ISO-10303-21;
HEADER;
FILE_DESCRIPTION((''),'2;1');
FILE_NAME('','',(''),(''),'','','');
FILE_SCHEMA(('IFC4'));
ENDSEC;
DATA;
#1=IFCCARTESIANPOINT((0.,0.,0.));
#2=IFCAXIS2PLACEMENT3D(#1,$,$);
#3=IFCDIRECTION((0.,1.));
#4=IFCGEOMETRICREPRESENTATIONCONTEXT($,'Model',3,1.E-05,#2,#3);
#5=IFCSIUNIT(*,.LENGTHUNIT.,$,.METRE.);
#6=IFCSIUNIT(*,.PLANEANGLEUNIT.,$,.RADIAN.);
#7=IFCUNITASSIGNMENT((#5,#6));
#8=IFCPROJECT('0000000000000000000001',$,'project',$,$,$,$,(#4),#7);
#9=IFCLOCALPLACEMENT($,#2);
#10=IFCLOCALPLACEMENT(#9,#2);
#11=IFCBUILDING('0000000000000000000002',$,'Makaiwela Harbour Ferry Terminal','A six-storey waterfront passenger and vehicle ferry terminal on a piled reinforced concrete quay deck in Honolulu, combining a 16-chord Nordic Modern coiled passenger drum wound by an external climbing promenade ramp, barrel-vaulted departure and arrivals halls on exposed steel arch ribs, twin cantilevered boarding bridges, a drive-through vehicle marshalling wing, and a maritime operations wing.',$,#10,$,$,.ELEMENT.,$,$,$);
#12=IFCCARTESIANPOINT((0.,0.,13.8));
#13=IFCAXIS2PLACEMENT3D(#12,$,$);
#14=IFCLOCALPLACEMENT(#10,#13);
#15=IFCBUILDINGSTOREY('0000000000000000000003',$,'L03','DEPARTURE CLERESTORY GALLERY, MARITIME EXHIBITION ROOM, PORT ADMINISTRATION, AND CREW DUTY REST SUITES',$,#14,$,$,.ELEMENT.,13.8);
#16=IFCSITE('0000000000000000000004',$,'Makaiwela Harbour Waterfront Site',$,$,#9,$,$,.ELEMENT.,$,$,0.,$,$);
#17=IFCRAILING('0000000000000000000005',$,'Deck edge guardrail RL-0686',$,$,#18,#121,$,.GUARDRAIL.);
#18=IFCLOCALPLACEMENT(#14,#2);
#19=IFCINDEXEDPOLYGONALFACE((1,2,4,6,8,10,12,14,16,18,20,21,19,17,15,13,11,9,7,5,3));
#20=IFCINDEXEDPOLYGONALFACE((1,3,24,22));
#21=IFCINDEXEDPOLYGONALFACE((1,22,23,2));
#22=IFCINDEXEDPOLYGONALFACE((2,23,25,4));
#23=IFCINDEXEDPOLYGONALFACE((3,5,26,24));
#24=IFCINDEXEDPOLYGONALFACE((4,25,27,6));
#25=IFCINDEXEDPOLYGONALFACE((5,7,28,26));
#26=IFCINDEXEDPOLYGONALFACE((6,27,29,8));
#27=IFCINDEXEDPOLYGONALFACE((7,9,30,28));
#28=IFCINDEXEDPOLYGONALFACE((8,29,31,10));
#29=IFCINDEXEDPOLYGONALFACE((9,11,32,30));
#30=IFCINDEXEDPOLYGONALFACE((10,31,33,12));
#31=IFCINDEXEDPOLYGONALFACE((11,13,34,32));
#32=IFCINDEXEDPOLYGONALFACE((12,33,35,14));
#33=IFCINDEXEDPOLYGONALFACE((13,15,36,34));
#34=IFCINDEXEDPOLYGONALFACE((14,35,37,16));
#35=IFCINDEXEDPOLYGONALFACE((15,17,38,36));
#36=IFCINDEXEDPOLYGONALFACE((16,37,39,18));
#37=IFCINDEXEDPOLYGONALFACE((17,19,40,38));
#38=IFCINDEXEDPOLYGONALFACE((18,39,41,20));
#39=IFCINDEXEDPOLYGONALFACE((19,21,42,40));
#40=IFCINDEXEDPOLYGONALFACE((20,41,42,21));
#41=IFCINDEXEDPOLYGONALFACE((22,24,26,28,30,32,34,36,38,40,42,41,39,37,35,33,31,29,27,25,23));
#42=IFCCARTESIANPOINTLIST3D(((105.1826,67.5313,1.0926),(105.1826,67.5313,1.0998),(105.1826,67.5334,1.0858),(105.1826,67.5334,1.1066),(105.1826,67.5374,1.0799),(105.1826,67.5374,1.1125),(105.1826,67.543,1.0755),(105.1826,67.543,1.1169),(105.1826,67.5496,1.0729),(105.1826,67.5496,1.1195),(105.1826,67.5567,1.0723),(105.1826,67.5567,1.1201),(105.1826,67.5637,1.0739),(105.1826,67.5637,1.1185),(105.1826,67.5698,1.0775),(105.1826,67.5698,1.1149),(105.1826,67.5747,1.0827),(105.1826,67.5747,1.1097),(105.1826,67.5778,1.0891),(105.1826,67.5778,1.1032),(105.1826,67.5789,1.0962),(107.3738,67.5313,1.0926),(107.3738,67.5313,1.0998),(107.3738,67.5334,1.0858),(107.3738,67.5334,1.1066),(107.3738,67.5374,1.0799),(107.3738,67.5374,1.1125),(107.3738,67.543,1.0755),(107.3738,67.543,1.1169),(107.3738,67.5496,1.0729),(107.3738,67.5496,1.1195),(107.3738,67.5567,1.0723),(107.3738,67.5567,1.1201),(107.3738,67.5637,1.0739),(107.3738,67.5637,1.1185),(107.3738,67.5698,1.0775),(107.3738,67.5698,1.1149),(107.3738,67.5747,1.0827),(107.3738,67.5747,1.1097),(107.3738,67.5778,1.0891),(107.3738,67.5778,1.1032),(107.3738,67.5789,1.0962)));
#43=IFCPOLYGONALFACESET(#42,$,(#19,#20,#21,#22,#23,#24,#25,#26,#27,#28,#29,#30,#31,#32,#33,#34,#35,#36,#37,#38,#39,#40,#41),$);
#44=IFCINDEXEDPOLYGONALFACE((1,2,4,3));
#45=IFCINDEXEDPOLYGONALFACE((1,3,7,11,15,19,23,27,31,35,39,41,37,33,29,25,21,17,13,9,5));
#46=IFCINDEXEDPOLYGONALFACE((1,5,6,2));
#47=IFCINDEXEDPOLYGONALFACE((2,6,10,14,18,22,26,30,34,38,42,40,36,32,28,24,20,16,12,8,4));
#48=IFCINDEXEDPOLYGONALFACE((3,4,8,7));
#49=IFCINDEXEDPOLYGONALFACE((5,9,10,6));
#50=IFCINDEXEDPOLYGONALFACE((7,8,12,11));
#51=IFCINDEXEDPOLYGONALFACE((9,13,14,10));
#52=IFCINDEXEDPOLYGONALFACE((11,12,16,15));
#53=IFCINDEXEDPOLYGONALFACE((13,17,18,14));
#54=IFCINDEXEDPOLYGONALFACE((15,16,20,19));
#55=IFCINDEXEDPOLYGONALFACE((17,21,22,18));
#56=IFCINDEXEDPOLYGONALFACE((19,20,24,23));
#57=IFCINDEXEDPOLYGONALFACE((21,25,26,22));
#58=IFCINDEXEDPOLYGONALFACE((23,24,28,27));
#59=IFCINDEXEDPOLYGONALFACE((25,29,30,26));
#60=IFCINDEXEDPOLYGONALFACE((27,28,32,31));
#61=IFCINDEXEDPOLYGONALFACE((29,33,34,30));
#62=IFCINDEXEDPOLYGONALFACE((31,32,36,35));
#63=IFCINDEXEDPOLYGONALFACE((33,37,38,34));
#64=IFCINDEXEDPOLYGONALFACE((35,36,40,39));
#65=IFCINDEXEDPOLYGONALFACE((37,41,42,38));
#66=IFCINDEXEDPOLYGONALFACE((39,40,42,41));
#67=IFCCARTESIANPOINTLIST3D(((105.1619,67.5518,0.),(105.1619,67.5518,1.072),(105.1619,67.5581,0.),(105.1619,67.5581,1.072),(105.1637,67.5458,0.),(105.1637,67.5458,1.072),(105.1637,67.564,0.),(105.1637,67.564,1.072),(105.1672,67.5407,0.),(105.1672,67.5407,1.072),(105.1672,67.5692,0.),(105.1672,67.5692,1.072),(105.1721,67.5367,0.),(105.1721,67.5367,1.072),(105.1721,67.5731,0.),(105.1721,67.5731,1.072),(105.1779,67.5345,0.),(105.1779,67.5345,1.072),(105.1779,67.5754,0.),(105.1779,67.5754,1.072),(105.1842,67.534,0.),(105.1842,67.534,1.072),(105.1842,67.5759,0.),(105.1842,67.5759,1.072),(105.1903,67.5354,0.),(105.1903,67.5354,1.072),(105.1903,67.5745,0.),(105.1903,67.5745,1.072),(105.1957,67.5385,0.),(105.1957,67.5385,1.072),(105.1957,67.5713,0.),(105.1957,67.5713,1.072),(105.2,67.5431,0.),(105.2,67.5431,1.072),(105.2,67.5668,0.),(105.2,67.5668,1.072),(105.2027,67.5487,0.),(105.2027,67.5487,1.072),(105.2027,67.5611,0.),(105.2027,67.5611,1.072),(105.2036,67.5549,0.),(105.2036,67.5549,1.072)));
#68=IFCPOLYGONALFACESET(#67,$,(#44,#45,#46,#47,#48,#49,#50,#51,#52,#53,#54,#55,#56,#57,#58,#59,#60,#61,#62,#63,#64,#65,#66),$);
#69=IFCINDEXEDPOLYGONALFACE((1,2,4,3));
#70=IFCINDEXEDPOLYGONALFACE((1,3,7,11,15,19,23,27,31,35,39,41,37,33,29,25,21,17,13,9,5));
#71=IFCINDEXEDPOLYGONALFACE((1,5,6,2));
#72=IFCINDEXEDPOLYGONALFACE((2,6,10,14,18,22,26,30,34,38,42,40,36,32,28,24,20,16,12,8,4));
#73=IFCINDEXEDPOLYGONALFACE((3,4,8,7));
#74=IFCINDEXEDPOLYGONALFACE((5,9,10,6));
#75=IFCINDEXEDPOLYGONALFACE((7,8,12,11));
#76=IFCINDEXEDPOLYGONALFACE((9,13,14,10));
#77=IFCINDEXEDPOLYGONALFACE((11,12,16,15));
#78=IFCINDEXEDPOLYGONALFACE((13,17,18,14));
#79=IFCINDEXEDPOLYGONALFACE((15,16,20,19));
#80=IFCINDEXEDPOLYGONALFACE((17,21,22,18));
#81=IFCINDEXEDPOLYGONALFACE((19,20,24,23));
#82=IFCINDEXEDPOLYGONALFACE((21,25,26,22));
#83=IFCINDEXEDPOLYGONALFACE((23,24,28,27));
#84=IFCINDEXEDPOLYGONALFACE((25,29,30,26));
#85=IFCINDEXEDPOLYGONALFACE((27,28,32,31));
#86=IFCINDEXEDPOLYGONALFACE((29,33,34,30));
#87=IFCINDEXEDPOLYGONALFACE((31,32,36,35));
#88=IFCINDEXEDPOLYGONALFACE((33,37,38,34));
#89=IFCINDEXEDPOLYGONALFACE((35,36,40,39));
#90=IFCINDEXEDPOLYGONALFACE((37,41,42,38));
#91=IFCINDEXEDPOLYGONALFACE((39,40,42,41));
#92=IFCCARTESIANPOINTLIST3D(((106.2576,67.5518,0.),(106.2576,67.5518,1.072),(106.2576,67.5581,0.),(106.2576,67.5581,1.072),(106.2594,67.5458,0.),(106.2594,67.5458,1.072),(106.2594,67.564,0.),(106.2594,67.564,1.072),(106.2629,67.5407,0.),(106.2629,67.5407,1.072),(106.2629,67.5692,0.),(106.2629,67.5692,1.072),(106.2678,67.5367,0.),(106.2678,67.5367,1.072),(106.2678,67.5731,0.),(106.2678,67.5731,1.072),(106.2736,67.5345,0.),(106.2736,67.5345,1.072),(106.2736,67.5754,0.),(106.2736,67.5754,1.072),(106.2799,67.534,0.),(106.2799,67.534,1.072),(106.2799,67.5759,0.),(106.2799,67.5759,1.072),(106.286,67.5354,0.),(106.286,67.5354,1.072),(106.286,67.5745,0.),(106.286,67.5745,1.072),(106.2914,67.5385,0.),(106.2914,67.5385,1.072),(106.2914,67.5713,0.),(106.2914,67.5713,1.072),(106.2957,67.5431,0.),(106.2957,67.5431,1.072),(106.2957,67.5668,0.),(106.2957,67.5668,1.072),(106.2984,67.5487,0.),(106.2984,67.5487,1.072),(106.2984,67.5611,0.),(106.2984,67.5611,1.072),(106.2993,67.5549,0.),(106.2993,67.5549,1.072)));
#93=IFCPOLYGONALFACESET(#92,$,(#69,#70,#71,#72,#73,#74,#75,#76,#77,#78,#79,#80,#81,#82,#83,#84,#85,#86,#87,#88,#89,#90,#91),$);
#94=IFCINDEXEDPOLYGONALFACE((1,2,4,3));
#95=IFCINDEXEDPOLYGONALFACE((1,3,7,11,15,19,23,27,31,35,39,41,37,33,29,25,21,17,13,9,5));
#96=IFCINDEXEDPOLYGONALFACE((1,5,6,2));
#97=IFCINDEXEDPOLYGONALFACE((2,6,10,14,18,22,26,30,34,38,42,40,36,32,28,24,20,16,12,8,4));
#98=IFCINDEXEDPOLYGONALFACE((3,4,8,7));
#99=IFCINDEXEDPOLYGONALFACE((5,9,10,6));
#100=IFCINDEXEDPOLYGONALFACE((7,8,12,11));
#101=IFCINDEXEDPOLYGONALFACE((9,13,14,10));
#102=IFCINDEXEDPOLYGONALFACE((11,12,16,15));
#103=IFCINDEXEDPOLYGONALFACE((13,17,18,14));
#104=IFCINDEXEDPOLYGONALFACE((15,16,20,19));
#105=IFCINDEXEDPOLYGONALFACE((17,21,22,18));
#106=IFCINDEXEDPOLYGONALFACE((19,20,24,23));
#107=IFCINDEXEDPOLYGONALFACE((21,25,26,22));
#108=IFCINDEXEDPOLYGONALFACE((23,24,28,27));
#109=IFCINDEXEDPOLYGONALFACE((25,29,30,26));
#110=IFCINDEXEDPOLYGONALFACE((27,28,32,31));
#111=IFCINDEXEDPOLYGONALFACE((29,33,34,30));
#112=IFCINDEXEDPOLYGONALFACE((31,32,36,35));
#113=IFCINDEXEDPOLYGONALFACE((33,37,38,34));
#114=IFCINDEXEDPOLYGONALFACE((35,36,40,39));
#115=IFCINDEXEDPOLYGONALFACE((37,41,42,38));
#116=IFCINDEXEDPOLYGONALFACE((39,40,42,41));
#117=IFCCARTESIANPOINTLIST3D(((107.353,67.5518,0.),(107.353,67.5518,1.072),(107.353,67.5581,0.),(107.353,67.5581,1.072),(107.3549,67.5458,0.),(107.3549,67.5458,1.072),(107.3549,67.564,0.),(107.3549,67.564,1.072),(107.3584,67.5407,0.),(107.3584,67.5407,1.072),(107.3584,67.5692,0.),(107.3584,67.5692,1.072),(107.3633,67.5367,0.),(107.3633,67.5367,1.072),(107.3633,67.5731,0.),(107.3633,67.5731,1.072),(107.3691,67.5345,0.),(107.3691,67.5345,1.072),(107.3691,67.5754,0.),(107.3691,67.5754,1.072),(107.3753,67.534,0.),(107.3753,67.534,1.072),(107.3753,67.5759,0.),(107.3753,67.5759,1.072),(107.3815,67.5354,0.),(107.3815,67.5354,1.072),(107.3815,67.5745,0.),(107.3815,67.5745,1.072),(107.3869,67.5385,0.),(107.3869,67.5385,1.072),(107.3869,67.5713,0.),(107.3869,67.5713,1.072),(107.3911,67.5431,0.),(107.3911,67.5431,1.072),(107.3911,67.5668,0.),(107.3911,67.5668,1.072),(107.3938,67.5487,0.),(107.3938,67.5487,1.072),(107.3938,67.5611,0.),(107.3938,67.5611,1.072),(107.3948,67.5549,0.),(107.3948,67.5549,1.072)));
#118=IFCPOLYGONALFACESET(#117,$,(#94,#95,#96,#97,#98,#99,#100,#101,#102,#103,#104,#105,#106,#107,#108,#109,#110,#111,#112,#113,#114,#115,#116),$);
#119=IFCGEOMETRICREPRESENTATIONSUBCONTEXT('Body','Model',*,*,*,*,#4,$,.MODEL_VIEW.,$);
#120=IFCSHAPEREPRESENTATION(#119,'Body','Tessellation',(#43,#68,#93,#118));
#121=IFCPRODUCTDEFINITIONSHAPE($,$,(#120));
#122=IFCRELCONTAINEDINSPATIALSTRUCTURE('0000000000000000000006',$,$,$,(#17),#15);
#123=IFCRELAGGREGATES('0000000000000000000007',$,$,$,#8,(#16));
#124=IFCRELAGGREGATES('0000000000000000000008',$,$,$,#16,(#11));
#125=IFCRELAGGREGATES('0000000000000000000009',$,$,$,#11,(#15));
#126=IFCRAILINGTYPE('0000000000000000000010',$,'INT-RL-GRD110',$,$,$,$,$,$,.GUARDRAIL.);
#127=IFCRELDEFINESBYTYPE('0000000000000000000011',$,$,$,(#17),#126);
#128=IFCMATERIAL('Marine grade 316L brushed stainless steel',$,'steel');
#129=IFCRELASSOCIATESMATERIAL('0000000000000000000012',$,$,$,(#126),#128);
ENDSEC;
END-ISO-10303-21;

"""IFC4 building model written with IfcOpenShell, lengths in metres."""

from ifc_helpers import new_model, si_unit, direction, frame, origin, origin_2d, place, context, subcontext, project, spatial, circle, extrude, material, type_object, element, save


model = new_model("IFC4")

# Units and contexts
model_context = context("Model", 3, precision=1e-05, world=origin(), true_north=direction((0.0, 1.0)))
body_context = subcontext(model_context, "Body", "Model", "MODEL_VIEW")
ifc_project = project(units=[si_unit("LENGTHUNIT", "METRE"), si_unit("PLANEANGLEUNIT", "RADIAN")], contexts=[model_context])

# Site, building, storey
site_placement = place(None, origin())
site = spatial("IfcSite", under=ifc_project, at=site_placement, Name="Makaiwela Harbour Waterfront Site", CompositionType="ELEMENT", RefElevation=0.0)
building_placement = place(site_placement, origin())
building = spatial("IfcBuilding", under=site, at=building_placement, Name="Makaiwela Harbour Ferry Terminal", Description="A six-storey waterfront passenger and vehicle ferry terminal on a piled reinforced concrete quay deck in Honolulu, combining a 16-chord Nordic Modern coiled passenger drum wound by an external climbing promenade ramp, barrel-vaulted departure and arrivals halls on exposed steel arch ribs, twin cantilevered boarding bridges, a drive-through vehicle marshalling wing, and a maritime operations wing.", CompositionType="ELEMENT")
storey_placement = place(building_placement, frame((0.0, 0.0, 13.8)))
storey = spatial("IfcBuildingStorey", under=building, at=storey_placement, Name="L03", Description="DEPARTURE CLERESTORY GALLERY, MARITIME EXHIBITION ROOM, PORT ADMINISTRATION, AND CREW DUTY REST SUITES", CompositionType="ELEMENT", Elevation=13.8)

# Railing
ifc_material_1 = material(Name="Marine grade 316L brushed stainless steel", Category="steel")
railing_type = type_object("IfcRailingType", Name="INT-RL-GRD110", PredefinedType="GUARDRAIL", material=ifc_material_1)
railing_1_placement = place(storey_placement, frame((105.1826, 67.5549, 0.0)))
element("IfcRailing", 1, at=railing_1_placement, inside=storey, type_object=railing_type, Name="Deck edge guardrail RL-0686", PredefinedType="GUARDRAIL", context=body_context, shape_type="SweptSolid", body=[
    extrude(circle(Radius=0.0239, at=origin_2d()), frame((0.0, 0.0, 1.0962), z_axis=(1.0, 0.0, 0.0), x_axis=(0.0, 1.0, 0.0)), (0.0, 0.0, 1.0), 2.1912),
    extrude(circle(Radius=0.021, at=origin_2d()), origin(), (0.0, 0.0, 1.0), 1.072),
    extrude(circle(Radius=0.021, at=origin_2d()), frame((1.0957, 0.0, 0.0)), (0.0, 0.0, 1.0), 1.072),
    extrude(circle(Radius=0.021, at=origin_2d()), frame((2.1912, 0.0, 0.0)), (0.0, 0.0, 1.0), 1.072),
])

save(model, "model.ifc")
